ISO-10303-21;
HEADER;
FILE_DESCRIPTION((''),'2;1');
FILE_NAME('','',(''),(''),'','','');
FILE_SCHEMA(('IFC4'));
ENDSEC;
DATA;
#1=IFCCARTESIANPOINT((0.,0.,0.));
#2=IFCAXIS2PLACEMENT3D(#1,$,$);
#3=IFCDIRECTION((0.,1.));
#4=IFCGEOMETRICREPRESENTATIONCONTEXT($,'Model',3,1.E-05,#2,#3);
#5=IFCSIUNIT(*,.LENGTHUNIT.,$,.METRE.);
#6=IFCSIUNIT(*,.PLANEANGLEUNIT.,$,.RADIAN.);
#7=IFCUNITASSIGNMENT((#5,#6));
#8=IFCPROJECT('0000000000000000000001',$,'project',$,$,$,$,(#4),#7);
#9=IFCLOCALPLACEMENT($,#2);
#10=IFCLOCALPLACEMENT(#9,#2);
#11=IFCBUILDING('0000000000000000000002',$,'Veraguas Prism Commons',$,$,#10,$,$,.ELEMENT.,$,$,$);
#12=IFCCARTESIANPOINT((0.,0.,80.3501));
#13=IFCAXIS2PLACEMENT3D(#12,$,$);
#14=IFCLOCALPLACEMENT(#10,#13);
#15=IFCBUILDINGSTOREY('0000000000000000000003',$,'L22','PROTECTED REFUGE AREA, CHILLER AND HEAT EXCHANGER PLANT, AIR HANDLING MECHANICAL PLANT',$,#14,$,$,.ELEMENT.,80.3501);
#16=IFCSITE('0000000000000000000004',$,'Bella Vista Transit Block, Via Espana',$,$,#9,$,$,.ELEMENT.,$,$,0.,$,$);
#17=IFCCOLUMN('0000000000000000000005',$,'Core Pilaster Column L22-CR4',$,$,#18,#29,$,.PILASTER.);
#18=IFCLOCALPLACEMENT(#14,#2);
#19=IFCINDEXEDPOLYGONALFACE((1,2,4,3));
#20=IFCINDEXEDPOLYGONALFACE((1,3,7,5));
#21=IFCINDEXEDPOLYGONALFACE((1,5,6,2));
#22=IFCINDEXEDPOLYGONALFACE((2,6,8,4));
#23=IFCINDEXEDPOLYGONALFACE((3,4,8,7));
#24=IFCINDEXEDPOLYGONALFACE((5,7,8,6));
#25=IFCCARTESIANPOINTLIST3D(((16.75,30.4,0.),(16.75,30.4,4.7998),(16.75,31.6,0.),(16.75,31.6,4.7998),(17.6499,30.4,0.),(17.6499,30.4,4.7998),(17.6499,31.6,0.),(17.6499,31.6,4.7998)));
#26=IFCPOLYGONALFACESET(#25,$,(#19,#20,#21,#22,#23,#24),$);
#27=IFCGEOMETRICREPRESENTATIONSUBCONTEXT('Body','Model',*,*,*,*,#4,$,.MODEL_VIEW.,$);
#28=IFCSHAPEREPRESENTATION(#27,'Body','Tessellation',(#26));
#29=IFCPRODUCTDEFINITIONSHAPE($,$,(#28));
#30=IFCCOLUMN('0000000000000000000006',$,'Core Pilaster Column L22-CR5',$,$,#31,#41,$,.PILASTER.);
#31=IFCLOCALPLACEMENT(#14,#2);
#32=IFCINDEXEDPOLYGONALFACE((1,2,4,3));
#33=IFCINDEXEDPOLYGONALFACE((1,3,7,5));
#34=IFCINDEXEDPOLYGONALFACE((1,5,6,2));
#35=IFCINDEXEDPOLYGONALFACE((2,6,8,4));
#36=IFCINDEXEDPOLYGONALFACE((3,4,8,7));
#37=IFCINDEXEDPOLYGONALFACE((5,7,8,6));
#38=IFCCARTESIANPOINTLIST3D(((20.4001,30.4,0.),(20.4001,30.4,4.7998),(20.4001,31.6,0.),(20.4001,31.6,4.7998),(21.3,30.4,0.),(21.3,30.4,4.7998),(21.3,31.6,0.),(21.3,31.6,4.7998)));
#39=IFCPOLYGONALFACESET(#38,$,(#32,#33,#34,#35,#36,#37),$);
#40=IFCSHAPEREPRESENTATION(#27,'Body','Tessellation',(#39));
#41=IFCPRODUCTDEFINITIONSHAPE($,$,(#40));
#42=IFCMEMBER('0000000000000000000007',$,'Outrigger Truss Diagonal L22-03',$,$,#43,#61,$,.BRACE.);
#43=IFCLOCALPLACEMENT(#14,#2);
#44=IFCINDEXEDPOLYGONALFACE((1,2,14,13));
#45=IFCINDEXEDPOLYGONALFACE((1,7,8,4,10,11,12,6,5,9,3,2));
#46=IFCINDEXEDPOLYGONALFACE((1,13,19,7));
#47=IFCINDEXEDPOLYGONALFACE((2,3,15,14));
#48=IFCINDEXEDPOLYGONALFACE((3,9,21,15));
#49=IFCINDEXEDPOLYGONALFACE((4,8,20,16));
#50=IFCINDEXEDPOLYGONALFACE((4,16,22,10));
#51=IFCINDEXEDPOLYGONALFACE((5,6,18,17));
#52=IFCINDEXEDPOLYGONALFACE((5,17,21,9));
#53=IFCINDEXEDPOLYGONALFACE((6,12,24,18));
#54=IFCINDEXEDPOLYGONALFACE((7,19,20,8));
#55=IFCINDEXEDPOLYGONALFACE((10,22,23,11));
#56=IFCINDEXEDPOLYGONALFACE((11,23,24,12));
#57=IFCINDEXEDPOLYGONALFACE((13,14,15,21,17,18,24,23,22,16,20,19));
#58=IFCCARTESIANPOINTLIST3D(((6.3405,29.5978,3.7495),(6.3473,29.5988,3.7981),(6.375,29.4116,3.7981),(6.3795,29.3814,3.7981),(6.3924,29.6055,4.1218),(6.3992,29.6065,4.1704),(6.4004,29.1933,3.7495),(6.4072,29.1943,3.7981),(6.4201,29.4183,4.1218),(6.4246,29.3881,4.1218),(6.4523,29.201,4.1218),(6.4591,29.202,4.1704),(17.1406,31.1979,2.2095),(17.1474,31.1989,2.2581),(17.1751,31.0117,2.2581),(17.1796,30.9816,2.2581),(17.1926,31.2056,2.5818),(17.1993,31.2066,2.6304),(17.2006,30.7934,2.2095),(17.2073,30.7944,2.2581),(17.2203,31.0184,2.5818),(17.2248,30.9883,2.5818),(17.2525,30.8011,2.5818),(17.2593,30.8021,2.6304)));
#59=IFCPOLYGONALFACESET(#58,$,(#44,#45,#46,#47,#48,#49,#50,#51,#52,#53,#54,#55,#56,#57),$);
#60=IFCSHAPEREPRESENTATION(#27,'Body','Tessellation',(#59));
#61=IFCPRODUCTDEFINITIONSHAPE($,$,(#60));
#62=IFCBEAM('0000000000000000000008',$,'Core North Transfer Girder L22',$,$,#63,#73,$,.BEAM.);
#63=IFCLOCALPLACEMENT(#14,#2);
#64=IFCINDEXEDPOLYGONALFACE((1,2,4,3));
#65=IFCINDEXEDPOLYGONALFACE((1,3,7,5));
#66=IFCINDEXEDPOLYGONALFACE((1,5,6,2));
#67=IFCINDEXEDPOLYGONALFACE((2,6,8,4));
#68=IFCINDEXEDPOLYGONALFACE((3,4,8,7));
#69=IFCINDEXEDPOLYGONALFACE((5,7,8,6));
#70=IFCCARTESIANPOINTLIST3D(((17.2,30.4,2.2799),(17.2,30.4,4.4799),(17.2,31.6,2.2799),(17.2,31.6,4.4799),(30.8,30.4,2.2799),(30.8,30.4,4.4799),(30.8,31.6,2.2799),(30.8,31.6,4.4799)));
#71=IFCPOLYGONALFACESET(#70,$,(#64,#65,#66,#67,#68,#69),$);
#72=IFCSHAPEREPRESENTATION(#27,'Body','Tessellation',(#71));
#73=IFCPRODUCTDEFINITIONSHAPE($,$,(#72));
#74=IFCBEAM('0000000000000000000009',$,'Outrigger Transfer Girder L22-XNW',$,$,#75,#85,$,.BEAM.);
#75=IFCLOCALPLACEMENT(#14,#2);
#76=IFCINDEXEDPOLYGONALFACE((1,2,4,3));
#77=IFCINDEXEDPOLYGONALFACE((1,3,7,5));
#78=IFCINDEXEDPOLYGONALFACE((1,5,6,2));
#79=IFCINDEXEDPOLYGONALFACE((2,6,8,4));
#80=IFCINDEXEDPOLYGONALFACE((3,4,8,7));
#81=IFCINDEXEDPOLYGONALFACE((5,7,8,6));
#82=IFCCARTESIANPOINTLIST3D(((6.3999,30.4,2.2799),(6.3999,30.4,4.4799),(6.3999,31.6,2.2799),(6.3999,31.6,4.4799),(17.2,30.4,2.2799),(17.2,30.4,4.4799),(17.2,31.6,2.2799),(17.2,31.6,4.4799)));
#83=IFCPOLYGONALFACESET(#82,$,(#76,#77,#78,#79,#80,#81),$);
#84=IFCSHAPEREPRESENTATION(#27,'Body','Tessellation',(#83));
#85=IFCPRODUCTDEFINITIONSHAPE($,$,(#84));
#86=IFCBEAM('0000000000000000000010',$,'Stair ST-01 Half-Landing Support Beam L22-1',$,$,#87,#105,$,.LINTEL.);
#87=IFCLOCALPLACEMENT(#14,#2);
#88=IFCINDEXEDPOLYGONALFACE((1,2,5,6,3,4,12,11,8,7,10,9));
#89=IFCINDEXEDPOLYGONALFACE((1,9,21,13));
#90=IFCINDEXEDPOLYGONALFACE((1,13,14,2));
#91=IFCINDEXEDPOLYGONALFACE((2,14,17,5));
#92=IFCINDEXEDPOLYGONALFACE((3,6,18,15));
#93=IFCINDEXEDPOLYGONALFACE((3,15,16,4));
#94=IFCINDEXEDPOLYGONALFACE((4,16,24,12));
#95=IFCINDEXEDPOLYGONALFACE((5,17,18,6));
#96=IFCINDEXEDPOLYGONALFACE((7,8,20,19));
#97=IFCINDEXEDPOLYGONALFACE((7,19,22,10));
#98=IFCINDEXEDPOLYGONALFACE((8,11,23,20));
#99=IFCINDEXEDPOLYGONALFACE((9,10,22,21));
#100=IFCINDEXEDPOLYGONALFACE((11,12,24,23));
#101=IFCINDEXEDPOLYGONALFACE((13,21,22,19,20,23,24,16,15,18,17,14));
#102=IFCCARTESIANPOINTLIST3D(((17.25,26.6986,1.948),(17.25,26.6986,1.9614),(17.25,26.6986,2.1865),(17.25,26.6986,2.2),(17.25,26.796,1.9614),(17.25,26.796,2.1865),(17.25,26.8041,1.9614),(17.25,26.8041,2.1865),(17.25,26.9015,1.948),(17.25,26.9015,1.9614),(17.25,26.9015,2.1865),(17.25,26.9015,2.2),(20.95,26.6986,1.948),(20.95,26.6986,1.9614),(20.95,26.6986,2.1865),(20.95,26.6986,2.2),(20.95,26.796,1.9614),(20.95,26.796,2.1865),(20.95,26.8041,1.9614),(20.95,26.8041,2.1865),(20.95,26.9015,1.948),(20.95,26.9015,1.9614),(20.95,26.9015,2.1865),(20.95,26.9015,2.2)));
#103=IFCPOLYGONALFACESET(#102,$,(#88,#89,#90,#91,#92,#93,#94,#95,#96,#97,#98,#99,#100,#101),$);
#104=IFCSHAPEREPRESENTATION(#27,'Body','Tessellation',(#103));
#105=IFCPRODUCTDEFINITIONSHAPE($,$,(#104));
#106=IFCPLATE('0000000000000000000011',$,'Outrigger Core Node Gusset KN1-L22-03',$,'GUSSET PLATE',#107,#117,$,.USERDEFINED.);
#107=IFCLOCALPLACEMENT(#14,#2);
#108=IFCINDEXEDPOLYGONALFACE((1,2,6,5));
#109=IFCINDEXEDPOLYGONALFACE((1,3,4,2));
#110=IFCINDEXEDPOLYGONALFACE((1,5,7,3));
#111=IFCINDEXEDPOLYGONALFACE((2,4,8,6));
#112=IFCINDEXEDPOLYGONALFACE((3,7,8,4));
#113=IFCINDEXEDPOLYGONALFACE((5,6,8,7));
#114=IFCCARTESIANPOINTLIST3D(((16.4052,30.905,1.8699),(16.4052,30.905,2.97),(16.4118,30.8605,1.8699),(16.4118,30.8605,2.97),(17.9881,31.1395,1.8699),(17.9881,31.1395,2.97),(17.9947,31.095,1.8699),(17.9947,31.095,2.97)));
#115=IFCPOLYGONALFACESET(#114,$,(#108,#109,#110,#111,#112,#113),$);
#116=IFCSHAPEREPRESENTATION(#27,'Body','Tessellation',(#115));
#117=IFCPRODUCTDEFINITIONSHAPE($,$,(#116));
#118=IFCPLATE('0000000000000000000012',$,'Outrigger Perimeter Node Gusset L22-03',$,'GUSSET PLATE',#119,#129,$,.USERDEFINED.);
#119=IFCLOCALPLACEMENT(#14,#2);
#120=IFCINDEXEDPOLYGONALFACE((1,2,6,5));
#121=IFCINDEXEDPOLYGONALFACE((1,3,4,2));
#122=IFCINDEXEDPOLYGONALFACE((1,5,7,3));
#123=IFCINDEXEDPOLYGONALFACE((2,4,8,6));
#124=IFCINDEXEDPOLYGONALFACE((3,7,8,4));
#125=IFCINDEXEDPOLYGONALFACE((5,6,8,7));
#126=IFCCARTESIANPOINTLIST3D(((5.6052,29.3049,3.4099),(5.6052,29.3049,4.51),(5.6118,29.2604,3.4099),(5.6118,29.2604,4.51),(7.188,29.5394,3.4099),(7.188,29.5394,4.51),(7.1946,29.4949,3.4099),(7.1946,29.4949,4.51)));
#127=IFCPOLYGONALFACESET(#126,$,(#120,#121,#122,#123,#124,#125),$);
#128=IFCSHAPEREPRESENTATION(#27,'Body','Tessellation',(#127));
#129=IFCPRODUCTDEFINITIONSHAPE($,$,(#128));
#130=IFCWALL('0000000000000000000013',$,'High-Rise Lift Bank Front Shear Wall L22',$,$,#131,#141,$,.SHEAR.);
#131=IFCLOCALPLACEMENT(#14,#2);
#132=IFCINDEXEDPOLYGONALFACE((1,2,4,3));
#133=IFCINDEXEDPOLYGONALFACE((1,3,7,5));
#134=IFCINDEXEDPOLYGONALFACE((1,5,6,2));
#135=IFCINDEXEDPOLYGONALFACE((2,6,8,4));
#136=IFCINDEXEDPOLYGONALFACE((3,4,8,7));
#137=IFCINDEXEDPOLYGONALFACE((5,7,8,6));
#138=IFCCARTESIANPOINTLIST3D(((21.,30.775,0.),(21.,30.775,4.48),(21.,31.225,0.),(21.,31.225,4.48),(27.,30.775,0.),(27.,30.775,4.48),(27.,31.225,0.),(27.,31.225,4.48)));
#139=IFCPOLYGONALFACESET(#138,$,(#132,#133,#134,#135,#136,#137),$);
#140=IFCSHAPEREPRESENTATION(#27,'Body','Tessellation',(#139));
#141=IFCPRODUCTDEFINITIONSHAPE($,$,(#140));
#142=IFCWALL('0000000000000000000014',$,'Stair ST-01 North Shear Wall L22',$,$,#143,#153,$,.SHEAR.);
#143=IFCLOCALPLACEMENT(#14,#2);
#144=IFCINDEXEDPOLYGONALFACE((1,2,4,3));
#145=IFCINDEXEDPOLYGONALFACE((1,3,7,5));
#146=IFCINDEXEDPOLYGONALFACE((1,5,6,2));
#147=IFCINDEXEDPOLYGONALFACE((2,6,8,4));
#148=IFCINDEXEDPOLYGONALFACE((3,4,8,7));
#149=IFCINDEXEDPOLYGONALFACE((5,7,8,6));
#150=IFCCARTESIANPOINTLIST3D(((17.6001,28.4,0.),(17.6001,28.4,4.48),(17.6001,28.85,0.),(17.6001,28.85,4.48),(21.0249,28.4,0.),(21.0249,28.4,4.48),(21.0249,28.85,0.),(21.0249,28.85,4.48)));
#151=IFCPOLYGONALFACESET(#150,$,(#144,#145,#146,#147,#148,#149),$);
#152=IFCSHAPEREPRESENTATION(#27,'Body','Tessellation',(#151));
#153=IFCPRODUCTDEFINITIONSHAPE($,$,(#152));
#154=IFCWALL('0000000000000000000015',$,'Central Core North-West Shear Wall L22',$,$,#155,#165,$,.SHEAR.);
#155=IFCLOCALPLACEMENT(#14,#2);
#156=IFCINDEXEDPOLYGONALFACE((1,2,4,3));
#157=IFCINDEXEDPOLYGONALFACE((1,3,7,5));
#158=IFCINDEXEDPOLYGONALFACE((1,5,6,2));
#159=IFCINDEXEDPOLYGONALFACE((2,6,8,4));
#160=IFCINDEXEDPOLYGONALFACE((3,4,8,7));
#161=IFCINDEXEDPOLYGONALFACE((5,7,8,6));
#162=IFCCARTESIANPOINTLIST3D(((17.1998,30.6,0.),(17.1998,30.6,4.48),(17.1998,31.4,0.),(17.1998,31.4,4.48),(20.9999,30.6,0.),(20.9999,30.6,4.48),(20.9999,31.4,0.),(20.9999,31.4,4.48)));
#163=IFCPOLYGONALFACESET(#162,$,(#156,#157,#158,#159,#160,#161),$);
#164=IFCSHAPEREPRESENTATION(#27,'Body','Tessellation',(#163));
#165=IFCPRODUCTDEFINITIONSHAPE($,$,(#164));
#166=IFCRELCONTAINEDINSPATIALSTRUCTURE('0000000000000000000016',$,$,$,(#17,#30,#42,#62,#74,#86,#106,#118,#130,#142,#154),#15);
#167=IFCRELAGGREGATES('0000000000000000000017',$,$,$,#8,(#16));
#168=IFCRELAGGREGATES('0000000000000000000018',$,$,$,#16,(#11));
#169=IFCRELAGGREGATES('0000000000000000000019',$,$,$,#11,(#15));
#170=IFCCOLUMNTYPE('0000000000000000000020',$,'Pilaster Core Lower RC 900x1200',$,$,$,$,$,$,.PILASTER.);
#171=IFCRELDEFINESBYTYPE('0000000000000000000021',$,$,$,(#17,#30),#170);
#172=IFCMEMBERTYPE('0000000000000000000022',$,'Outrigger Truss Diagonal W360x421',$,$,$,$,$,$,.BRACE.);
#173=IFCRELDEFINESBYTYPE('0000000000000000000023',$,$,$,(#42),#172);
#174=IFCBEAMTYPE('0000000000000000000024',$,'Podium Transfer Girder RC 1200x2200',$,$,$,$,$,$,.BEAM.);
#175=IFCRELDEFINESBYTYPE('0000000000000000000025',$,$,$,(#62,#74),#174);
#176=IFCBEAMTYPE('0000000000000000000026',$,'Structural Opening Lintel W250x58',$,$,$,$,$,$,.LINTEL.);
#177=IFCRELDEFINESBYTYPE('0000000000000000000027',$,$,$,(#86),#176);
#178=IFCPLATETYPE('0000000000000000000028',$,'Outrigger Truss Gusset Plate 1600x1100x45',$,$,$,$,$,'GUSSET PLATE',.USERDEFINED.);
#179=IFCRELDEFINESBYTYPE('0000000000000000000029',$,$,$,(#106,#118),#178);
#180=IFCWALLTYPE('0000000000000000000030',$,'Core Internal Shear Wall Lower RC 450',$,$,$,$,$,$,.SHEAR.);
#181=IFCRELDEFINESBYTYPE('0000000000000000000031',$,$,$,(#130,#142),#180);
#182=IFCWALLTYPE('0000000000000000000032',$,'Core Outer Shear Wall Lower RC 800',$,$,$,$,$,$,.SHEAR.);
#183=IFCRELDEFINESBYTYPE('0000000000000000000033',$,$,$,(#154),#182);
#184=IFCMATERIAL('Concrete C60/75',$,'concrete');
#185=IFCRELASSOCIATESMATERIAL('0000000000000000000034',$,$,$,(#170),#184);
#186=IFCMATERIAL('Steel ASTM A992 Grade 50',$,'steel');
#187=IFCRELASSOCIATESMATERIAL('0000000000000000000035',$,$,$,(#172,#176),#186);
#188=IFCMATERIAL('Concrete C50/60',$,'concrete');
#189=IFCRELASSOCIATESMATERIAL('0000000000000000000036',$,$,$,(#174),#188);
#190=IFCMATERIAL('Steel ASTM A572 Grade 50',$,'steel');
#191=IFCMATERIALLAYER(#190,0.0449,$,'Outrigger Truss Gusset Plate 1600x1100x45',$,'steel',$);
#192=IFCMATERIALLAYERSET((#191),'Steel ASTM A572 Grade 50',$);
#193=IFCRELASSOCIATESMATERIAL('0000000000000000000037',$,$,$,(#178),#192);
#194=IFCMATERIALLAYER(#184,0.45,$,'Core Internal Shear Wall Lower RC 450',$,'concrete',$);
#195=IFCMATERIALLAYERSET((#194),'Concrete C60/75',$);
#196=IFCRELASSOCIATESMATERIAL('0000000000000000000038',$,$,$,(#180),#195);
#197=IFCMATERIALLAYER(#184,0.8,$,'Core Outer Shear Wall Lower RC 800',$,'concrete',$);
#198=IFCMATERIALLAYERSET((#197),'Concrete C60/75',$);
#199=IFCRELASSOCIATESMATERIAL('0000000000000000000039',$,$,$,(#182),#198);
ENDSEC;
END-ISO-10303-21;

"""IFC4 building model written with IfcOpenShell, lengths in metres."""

from ifc_helpers import new_model, si_unit, direction, frame, frame_2d, origin, origin_2d, place, context, subcontext, project, spatial, rectangle, i_section, extrude, source, transform, mapped, material, layer, layer_set, material_profile, profile_set, type_object, element, save


model = new_model("IFC4")

# Units and contexts
model_context = context("Model", 3, precision=1e-05, world=origin(), true_north=direction((0.0, 1.0)))
body_context = subcontext(model_context, "Body", "Model", "MODEL_VIEW")
ifc_project = project(units=[si_unit("LENGTHUNIT", "METRE"), si_unit("PLANEANGLEUNIT", "RADIAN")], contexts=[model_context])

# Site, building, storey
site_placement = place(None, origin())
site = spatial("IfcSite", under=ifc_project, at=site_placement, Name="Bella Vista Transit Block, Via Espana", CompositionType="ELEMENT", RefElevation=0.0)
building_placement = place(site_placement, origin())
building = spatial("IfcBuilding", under=site, at=building_placement, Name="Veraguas Prism Commons", CompositionType="ELEMENT")
storey_placement = place(building_placement, frame((0.0, 0.0, 80.3501)))
storey = spatial("IfcBuildingStorey", under=building, at=storey_placement, Name="L22", Description="PROTECTED REFUGE AREA, CHILLER AND HEAT EXCHANGER PLANT, AIR HANDLING MECHANICAL PLANT", CompositionType="ELEMENT", Elevation=80.3501)

# Columns
ifc_material_1 = material(Name="Concrete C60/75", Category="concrete")
ifc_material_profile_1 = material_profile(ifc_material_1, rectangle(XDim=0.8999, YDim=1.2, at=origin_2d()), Name="RC900X1200")
ifc_profile_set_1 = profile_set([ifc_material_profile_1], Name="Concrete C60/75")
column_type = type_object("IfcColumnType", Name="Pilaster Core Lower RC 900x1200", PredefinedType="PILASTER", material=ifc_profile_set_1)
for number, where, z_axis, x_axis, name in (
    (1, (17.2, 31.0, 0.0), (0.0, 0.0, 1.0), (1.0, 0.0, 0.0), "Core Pilaster Column L22-CR4"),
    (2, (20.8501, 31.0, 0.0), (0.0, 0.0, 1.0), (1.0, 0.0, 0.0), "Core Pilaster Column L22-CR5"),
):
    element("IfcColumn", number, at=place(storey_placement, frame(where, z_axis=z_axis, x_axis=x_axis)), inside=storey, type_object=column_type, Name=name, PredefinedType="PILASTER", context=body_context, shape_type="SweptSolid", body=[
        extrude(rectangle(XDim=0.8999, YDim=1.2, at=origin_2d()), origin(), (0.0, 0.0, 1.0), 4.7998),
    ])

# Member
ifc_material_2 = material(Name="Steel ASTM A992 Grade 50", Category="steel")
ifc_material_profile_2 = material_profile(ifc_material_2, i_section(OverallWidth=0.4089, OverallDepth=0.425, WebThickness=0.0305, FlangeThickness=0.0491, at=origin_2d()), Name="W360X421")
ifc_profile_set_2 = profile_set([ifc_material_profile_2], Name="Steel ASTM A992 Grade 50")
member_type = type_object("IfcMemberType", Name="Outrigger Truss Diagonal W360x421", PredefinedType="BRACE", material=ifc_profile_set_2)
member_placement = place(storey_placement, frame((17.2, 31.0, 2.4199), z_axis=(-0.979506, -0.14512, 0.139673), x_axis=(0.146557, -0.989202, 0.0)))
element("IfcMember", 3, at=member_placement, inside=storey, type_object=member_type, Name="Outrigger Truss Diagonal L22-03", PredefinedType="BRACE", context=body_context, shape_type="SweptSolid", body=[
    extrude(i_section(OverallWidth=0.4089, OverallDepth=0.425, WebThickness=0.0305, FlangeThickness=0.0491, at=origin_2d()), origin(), (0.0, 0.0, 1.0), 11.0261),
])

# Beams
ifc_material_3 = material(Name="Concrete C50/60", Category="concrete")
ifc_material_profile_3 = material_profile(ifc_material_3, rectangle(XDim=1.2, YDim=2.2, at=origin_2d()), Name="RC1200X2200")
ifc_profile_set_3 = profile_set([ifc_material_profile_3], Name="Concrete C50/60")
beam_type_1 = type_object("IfcBeamType", Name="Podium Transfer Girder RC 1200x2200", PredefinedType="BEAM", material=ifc_profile_set_3)
beam_1_placement = place(storey_placement, frame((17.2, 31.0, 3.3799), z_axis=(1.0, 0.0, 0.0), x_axis=(0.0, 1.0, 0.0)))
element("IfcBeam", 4, at=beam_1_placement, inside=storey, type_object=beam_type_1, Name="Core North Transfer Girder L22", PredefinedType="BEAM", context=body_context, shape_type="SweptSolid", body=[
    extrude(rectangle(XDim=1.2, YDim=2.2, at=origin_2d()), origin(), (0.0, 0.0, 1.0), 13.6001),
])
beam_2_placement = place(storey_placement, frame((6.3999, 31.0, 3.3799), z_axis=(1.0, 0.0, 0.0), x_axis=(0.0, 1.0, 0.0)))
element("IfcBeam", 5, at=beam_2_placement, inside=storey, type_object=beam_type_1, Name="Outrigger Transfer Girder L22-XNW", PredefinedType="BEAM", context=body_context, shape_type="SweptSolid", body=[
    extrude(rectangle(XDim=1.2, YDim=2.2, at=origin_2d()), origin(), (0.0, 0.0, 1.0), 10.8),
])
ifc_material_profile_4 = material_profile(ifc_material_2, i_section(OverallWidth=0.2029, OverallDepth=0.252, WebThickness=0.0081, FlangeThickness=0.0134, at=origin_2d()), Name="W250X58")
ifc_profile_set_4 = profile_set([ifc_material_profile_4], Name="Steel ASTM A992 Grade 50")
beam_type_2 = type_object("IfcBeamType", Name="Structural Opening Lintel W250x58", PredefinedType="LINTEL", material=ifc_profile_set_4)
beam_3_placement = place(storey_placement, frame((17.25, 26.8, 2.074), z_axis=(1.0, 0.0, 0.0), x_axis=(0.0, 1.0, 0.0)))
element("IfcBeam", 6, at=beam_3_placement, inside=storey, type_object=beam_type_2, Name="Stair ST-01 Half-Landing Support Beam L22-1", PredefinedType="LINTEL", context=body_context, shape_type="SweptSolid", body=[
    extrude(i_section(OverallWidth=0.2029, OverallDepth=0.252, WebThickness=0.0081, FlangeThickness=0.0134, at=origin_2d()), origin(), (0.0, 0.0, 1.0), 3.7),
])

# Plates
ifc_material_4 = material(Name="Steel ASTM A572 Grade 50", Category="steel")
ifc_layer_1 = layer(ifc_material_4, 0.0449, Name="Outrigger Truss Gusset Plate 1600x1100x45", Category="steel")
ifc_layer_set_1 = layer_set([ifc_layer_1], Name="Steel ASTM A572 Grade 50")
plate_type = type_object("IfcPlateType", Name="Outrigger Truss Gusset Plate 1600x1100x45", ElementType="GUSSET PLATE", PredefinedType="USERDEFINED", material=ifc_layer_set_1)
shared_shape_1 = source(origin(), body_context, "Body", "SweptSolid", [
    extrude(rectangle(XDim=1.6001, YDim=0.0449, at=origin_2d()), origin(), (0.0, 0.0, 1.0), 1.1001),
])
for number, where, z_axis, x_axis, name in (
    (7, (17.2, 31.0, 1.8699), (0.0, 0.0, 1.0), (-0.989203, -0.146549, 0.0), "Outrigger Core Node Gusset KN1-L22-03"),
    (8, (6.3999, 29.3999, 3.4099), (0.0, 0.0, 1.0), (-0.989203, -0.146549, 0.0), "Outrigger Perimeter Node Gusset L22-03"),
):
    element("IfcPlate", number, at=place(storey_placement, frame(where, z_axis=z_axis, x_axis=x_axis)), inside=storey, type_object=plate_type, Name=name, ObjectType="GUSSET PLATE", PredefinedType="USERDEFINED", context=body_context, shape_type="MappedRepresentation", body=[
        mapped(shared_shape_1, transform((0.0, 0.0, 0.0), scale=1.0)),
    ])

# Walls
ifc_layer_2 = layer(ifc_material_1, 0.45, Name="Core Internal Shear Wall Lower RC 450", Category="concrete")
ifc_layer_set_2 = layer_set([ifc_layer_2], Name="Concrete C60/75")
wall_type_1 = type_object("IfcWallType", Name="Core Internal Shear Wall Lower RC 450", PredefinedType="SHEAR", material=ifc_layer_set_2)
wall_1_placement = place(storey_placement, frame((21.0, 31.0, 0.0), z_axis=(0.0, 0.0, 1.0), x_axis=(1.0, 0.0, 0.0)))
element("IfcWall", 9, at=wall_1_placement, inside=storey, type_object=wall_type_1, Name="High-Rise Lift Bank Front Shear Wall L22", PredefinedType="SHEAR", context=body_context, shape_type="SweptSolid", body=[
    extrude(rectangle(XDim=6.0, YDim=0.45, at=frame_2d((3.0, 0.0))), origin(), (0.0, 0.0, 1.0), 4.48),
])
wall_2_placement = place(storey_placement, frame((17.6001, 28.625, 0.0), z_axis=(0.0, 0.0, 1.0), x_axis=(1.0, 0.0, 0.0)))
element("IfcWall", 10, at=wall_2_placement, inside=storey, type_object=wall_type_1, Name="Stair ST-01 North Shear Wall L22", PredefinedType="SHEAR", context=body_context, shape_type="SweptSolid", body=[
    extrude(rectangle(XDim=3.4248, YDim=0.45, at=frame_2d((1.7124, 0.0))), origin(), (0.0, 0.0, 1.0), 4.48),
])
ifc_layer_3 = layer(ifc_material_1, 0.8, Name="Core Outer Shear Wall Lower RC 800", Category="concrete")
ifc_layer_set_3 = layer_set([ifc_layer_3], Name="Concrete C60/75")
wall_type_2 = type_object("IfcWallType", Name="Core Outer Shear Wall Lower RC 800", PredefinedType="SHEAR", material=ifc_layer_set_3)
wall_3_placement = place(storey_placement, frame((17.2, 31.0, 0.0), z_axis=(0.0, 0.0, 1.0), x_axis=(1.0, 0.0, 0.0)))
element("IfcWall", 11, at=wall_3_placement, inside=storey, type_object=wall_type_2, Name="Central Core North-West Shear Wall L22", PredefinedType="SHEAR", context=body_context, shape_type="SweptSolid", body=[
    extrude(rectangle(XDim=3.8, YDim=0.8, at=frame_2d((1.8999, 0.0))), origin(), (0.0, 0.0, 1.0), 4.48),
])

save(model, "model.ifc")
